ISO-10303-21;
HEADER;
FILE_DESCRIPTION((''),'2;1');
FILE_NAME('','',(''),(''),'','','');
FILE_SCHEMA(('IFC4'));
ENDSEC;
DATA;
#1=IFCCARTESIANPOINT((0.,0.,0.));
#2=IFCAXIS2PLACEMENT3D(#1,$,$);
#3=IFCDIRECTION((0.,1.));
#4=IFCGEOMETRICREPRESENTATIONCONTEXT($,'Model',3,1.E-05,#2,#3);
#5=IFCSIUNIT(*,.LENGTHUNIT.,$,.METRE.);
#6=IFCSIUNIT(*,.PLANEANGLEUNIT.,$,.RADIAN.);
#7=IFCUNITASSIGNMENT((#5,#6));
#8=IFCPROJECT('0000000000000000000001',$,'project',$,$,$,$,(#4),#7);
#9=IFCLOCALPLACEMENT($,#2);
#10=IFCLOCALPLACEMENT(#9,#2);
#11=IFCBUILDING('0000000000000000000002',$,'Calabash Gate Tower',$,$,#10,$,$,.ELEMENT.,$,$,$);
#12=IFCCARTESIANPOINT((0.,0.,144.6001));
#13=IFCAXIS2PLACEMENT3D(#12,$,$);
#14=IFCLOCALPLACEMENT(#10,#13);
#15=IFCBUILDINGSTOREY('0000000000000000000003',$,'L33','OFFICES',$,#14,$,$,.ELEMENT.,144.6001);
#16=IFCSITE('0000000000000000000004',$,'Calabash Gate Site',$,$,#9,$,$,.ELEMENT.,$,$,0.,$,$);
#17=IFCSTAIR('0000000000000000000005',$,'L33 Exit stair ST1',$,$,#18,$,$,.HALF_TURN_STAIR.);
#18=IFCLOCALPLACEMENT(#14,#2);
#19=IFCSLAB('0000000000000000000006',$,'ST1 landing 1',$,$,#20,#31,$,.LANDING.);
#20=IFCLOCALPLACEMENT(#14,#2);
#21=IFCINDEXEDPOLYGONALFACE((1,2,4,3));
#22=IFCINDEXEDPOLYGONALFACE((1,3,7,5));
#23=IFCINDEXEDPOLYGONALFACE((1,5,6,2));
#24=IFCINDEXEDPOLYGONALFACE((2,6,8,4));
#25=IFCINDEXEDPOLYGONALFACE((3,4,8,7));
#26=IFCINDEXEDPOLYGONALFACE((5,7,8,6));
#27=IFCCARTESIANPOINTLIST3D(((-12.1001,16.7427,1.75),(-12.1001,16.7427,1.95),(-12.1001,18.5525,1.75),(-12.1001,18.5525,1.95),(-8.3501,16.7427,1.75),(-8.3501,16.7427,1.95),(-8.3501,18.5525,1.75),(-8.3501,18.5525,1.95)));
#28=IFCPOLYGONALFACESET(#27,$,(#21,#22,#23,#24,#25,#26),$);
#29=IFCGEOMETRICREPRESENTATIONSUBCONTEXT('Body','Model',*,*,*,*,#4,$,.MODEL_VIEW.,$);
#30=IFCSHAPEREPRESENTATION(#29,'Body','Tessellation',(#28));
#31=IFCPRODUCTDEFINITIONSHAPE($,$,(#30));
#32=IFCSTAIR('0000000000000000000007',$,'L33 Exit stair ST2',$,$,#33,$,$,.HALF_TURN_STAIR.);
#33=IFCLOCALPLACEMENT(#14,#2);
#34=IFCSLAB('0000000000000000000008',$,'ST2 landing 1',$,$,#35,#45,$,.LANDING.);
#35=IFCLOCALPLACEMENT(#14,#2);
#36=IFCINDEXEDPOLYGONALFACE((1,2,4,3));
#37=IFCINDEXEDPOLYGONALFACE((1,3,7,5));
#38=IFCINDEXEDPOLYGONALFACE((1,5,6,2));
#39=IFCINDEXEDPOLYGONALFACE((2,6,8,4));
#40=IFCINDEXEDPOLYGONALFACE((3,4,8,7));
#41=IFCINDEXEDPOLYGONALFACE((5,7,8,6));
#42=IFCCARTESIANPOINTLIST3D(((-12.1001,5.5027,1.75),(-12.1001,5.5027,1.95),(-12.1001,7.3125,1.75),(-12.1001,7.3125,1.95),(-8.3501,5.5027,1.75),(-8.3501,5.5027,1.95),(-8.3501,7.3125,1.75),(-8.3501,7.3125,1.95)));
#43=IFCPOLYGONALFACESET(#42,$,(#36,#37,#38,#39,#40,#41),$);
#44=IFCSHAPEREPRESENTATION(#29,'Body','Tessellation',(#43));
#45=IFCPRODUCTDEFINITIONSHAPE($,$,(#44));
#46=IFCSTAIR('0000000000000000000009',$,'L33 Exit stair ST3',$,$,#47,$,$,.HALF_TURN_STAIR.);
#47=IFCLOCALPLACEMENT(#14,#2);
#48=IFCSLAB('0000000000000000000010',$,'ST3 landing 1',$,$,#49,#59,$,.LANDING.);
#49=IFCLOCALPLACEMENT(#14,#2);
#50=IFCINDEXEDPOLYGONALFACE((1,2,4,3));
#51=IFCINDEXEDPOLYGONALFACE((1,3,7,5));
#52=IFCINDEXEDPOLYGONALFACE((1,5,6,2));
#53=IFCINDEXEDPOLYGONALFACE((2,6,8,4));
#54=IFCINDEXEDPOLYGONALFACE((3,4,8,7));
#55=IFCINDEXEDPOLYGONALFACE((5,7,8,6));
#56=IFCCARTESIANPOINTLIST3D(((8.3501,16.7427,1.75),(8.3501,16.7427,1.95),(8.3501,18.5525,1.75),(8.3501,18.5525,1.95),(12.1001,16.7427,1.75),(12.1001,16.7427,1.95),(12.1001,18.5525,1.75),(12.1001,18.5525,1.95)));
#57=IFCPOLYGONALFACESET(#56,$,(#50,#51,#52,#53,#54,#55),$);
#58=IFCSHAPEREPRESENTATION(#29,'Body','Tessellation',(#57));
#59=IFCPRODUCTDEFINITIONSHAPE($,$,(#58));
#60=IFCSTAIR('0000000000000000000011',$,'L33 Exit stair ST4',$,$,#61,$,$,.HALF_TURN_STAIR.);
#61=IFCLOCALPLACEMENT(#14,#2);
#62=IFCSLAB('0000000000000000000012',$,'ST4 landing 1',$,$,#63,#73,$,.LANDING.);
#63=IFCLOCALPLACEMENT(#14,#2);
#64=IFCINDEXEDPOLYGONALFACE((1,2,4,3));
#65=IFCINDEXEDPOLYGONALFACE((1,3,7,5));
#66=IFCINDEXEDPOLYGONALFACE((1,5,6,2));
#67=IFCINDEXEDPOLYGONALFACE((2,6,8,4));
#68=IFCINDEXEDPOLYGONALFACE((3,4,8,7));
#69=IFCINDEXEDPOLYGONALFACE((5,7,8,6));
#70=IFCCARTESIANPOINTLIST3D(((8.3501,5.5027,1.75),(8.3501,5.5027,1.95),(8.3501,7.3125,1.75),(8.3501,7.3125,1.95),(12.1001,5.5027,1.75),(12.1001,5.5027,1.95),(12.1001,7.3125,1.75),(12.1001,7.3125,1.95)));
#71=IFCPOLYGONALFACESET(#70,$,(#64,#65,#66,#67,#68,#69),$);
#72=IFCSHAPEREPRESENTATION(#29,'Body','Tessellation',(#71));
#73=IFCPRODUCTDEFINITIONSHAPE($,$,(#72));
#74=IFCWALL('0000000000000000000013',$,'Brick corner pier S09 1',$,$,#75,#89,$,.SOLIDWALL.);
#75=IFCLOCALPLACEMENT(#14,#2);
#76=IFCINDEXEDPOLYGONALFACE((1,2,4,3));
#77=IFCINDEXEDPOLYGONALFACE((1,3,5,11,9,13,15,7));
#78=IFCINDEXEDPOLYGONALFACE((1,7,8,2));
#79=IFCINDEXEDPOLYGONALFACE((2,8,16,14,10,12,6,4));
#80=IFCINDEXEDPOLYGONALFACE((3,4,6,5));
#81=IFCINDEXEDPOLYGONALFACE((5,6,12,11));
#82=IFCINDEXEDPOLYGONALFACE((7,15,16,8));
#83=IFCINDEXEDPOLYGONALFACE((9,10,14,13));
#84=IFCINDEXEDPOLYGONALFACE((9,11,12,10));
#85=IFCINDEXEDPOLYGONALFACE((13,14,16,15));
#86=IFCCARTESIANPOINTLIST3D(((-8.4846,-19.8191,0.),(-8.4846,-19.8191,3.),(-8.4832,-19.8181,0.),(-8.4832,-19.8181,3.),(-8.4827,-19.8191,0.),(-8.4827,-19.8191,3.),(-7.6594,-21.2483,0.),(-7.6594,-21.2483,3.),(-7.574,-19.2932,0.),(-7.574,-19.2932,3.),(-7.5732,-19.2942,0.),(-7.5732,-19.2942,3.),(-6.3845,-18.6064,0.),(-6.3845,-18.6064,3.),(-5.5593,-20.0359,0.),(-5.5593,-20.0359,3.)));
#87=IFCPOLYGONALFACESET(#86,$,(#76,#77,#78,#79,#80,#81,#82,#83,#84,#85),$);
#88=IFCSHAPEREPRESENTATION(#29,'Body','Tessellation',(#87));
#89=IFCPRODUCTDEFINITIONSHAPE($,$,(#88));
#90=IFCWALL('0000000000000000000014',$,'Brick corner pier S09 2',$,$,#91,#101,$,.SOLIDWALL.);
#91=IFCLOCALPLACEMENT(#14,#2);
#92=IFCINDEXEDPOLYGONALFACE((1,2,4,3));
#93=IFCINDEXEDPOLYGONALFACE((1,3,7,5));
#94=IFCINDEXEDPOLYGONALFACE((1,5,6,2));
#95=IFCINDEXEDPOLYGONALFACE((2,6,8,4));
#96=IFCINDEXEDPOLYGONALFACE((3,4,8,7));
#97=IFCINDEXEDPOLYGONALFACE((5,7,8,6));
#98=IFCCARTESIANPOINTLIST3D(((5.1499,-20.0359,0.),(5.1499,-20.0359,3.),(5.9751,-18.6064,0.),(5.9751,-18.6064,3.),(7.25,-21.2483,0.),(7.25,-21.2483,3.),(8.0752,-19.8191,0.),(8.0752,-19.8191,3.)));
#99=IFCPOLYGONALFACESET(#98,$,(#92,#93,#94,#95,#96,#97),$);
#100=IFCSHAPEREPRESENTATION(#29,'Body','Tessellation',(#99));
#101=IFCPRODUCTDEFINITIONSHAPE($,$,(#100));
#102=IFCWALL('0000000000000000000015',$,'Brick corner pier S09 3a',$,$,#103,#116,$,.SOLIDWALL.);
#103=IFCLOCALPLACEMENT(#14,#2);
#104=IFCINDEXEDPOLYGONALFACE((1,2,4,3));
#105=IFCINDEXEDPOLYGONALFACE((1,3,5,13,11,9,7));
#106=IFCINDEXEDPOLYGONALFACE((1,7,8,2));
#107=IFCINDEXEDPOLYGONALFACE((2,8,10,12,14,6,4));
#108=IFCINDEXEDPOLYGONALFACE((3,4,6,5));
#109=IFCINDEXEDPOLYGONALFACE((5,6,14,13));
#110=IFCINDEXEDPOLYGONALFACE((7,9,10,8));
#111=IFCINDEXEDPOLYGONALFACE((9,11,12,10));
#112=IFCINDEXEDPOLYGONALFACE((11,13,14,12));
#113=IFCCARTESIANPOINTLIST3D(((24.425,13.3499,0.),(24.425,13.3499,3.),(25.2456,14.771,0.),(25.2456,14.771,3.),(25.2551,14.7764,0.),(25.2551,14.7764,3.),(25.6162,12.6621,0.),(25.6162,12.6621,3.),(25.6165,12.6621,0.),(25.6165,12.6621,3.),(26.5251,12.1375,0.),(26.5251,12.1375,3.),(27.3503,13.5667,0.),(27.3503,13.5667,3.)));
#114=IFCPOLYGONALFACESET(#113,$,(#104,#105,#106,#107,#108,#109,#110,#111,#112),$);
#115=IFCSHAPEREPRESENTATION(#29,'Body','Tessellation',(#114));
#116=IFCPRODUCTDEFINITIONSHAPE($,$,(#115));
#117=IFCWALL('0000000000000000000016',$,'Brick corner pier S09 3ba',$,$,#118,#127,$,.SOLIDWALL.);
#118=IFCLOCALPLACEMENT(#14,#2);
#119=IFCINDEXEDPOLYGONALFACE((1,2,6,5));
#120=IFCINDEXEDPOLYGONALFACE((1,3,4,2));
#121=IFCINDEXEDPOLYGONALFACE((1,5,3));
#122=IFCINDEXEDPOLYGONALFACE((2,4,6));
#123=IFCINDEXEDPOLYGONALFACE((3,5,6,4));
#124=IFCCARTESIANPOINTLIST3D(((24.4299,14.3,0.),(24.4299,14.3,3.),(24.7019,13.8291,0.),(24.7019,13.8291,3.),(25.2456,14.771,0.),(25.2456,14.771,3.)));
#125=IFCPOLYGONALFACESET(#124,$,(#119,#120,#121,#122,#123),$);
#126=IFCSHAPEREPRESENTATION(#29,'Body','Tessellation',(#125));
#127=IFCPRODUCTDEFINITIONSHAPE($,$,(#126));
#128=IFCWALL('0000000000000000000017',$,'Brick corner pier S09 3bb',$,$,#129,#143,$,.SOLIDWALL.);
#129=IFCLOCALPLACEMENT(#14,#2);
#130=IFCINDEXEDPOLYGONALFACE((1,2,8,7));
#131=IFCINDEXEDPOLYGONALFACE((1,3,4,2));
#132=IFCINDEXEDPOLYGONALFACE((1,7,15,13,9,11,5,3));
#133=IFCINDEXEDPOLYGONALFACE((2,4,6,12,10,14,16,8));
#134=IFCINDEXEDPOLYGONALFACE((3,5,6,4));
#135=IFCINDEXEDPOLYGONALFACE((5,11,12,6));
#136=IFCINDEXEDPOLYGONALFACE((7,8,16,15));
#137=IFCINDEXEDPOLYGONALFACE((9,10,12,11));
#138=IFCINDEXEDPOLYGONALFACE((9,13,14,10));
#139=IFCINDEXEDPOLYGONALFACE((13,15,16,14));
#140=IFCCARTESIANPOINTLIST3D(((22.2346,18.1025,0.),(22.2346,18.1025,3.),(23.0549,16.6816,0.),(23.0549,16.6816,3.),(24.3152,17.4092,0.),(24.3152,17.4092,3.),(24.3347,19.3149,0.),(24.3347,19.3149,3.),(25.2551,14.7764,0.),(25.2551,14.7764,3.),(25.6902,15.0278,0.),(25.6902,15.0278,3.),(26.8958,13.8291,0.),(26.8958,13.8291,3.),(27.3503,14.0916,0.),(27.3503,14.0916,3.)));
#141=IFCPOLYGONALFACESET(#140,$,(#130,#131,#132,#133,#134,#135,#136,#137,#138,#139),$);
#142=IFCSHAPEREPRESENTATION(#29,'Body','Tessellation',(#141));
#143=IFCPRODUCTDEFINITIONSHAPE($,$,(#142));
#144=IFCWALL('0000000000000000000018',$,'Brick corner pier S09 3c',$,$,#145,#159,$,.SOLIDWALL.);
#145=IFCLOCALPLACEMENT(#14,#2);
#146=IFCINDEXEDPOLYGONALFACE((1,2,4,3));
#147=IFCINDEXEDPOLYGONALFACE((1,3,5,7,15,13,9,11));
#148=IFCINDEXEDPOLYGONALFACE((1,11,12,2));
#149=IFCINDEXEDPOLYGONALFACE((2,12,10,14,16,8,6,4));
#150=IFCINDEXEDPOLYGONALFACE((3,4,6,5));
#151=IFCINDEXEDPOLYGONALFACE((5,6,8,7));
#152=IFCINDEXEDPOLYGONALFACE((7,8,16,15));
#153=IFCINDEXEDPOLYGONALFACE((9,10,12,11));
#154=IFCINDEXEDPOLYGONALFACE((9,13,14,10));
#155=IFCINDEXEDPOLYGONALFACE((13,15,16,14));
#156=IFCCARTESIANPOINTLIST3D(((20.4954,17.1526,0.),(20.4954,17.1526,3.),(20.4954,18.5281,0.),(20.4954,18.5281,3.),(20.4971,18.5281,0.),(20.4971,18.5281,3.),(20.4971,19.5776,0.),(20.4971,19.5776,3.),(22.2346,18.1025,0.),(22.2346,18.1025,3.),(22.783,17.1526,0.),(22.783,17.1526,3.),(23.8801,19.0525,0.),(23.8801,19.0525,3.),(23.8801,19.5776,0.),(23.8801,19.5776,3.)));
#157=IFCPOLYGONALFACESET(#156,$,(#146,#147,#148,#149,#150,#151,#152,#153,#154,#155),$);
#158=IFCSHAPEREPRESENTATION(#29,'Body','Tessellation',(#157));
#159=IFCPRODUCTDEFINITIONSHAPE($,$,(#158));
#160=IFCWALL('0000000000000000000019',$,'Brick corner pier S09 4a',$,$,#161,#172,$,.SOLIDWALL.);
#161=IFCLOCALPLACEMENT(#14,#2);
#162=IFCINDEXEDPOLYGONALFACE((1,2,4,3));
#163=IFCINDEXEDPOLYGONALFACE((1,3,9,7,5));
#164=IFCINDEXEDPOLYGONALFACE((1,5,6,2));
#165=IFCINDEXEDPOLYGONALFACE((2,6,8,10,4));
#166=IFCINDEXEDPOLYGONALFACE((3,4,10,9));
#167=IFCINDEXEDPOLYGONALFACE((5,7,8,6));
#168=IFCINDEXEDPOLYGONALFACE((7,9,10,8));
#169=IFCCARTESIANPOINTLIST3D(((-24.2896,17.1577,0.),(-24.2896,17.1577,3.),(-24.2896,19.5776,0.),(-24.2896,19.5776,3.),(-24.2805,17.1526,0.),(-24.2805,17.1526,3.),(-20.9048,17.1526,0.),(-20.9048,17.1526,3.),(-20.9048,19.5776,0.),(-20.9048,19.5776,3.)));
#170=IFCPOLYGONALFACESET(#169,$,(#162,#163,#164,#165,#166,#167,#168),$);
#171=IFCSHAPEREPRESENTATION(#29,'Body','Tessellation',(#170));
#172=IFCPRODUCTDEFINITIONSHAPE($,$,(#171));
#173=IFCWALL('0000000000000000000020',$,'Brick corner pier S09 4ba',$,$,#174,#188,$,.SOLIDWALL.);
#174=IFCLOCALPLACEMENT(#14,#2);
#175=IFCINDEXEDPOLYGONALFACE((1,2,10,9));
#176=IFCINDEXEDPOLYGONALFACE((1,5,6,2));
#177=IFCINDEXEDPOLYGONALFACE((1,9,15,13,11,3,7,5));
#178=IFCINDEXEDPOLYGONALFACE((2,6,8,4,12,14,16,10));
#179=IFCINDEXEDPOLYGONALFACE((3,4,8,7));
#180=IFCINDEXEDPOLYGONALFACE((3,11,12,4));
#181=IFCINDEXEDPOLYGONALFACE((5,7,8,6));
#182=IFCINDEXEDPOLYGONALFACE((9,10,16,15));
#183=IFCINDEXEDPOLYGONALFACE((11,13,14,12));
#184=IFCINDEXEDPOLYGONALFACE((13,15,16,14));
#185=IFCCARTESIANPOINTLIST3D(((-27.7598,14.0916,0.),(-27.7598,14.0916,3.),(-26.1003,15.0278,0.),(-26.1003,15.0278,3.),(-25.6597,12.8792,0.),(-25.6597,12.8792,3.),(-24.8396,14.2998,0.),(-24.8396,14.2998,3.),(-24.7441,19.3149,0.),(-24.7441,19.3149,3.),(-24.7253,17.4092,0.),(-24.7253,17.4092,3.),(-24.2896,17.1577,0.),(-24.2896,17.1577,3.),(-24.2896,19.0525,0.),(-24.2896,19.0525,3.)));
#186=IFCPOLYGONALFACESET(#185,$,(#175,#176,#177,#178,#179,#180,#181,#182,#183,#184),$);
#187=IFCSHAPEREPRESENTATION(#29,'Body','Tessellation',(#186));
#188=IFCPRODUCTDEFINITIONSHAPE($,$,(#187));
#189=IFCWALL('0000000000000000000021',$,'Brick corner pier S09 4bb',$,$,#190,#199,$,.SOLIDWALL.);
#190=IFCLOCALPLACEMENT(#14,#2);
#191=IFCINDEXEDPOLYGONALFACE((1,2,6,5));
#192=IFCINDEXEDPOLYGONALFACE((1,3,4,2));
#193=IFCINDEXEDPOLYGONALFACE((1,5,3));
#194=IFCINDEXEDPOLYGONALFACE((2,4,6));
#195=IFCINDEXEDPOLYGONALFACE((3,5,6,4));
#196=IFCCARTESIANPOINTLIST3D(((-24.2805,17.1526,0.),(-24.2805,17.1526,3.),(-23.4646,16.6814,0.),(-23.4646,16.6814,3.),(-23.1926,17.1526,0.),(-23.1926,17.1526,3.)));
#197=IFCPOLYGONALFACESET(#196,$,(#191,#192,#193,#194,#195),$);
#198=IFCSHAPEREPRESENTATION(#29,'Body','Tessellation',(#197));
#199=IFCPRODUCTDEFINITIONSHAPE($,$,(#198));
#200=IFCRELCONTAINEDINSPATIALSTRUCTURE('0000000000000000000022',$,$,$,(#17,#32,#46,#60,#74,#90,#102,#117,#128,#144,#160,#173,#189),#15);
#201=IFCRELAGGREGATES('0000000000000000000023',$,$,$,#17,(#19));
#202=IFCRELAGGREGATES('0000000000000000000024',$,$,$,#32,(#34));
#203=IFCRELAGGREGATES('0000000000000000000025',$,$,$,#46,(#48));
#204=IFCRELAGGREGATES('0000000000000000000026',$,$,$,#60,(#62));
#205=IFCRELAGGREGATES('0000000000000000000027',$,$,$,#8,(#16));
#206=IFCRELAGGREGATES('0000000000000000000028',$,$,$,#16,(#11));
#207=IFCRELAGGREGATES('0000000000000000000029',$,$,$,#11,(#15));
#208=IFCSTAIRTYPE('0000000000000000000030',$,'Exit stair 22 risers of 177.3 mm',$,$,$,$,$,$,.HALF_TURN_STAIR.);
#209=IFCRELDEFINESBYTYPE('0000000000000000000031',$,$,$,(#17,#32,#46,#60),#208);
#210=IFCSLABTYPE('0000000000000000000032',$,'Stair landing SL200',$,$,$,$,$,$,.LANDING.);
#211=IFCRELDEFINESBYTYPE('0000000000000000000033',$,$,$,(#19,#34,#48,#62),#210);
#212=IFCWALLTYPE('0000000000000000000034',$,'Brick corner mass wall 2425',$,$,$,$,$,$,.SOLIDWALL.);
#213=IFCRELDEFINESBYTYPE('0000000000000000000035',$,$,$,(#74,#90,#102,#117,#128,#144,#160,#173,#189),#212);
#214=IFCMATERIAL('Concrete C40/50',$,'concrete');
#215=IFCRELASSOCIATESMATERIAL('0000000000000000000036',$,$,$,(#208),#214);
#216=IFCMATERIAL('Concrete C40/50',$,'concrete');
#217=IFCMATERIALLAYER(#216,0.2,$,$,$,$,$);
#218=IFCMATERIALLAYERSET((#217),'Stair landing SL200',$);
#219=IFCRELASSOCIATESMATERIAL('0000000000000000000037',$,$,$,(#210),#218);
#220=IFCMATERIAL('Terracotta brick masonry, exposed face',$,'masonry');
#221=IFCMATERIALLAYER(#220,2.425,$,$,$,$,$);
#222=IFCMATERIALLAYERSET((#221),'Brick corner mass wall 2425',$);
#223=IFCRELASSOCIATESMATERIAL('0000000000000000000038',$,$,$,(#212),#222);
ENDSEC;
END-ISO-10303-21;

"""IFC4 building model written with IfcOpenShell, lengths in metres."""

from ifc_helpers import new_model, si_unit, direction, frame, origin, place, context, subcontext, project, spatial, polyline, outline, extrude, material, layer, layer_set, type_object, element, aggregate, save


model = new_model("IFC4")

# Units and contexts
model_context = context("Model", 3, precision=1e-05, world=origin(), true_north=direction((0.0, 1.0)))
body_context = subcontext(model_context, "Body", "Model", "MODEL_VIEW")
ifc_project = project(units=[si_unit("LENGTHUNIT", "METRE"), si_unit("PLANEANGLEUNIT", "RADIAN")], contexts=[model_context])

# Site, building, storey
site_placement = place(None, origin())
site = spatial("IfcSite", under=ifc_project, at=site_placement, Name="Calabash Gate Site", CompositionType="ELEMENT", RefElevation=0.0)
building_placement = place(site_placement, origin())
building = spatial("IfcBuilding", under=site, at=building_placement, Name="Calabash Gate Tower", CompositionType="ELEMENT")
storey_placement = place(building_placement, frame((0.0, 0.0, 144.6001)))
storey = spatial("IfcBuildingStorey", under=building, at=storey_placement, Name="L33", Description="OFFICES", CompositionType="ELEMENT", Elevation=144.6001)

# Stairs, slabs
ifc_material_1 = material(Name="Concrete C40/50", Category="concrete")
stair_type = type_object("IfcStairType", Name="Exit stair 22 risers of 177.3 mm", PredefinedType="HALF_TURN_STAIR", material=ifc_material_1)
stair_1_placement = place(storey_placement, origin())
stair_1 = element("IfcStair", 1, at=stair_1_placement, inside=storey, type_object=stair_type, Name="L33 Exit stair ST1", PredefinedType="HALF_TURN_STAIR")
ifc_material_2 = material(Name="Concrete C40/50", Category="concrete")
ifc_layer_1 = layer(ifc_material_2, 0.2)
ifc_layer_set_1 = layer_set([ifc_layer_1], Name="Stair landing SL200")
slab_type = type_object("IfcSlabType", Name="Stair landing SL200", PredefinedType="LANDING", material=ifc_layer_set_1)
slab_1_placement = place(storey_placement, frame((0.0, 0.0, 1.75)))
slab_1 = element("IfcSlab", 2, at=slab_1_placement, type_object=slab_type, Name="ST1 landing 1", PredefinedType="LANDING", context=body_context, shape_type="SweptSolid", body=[
    extrude(outline(polyline([(-8.3501, 16.7427), (-8.3501, 18.5525), (-12.1001, 18.5525), (-12.1001, 16.7427), (-8.3501, 16.7427)])), origin(), (0.0, 0.0, 1.0), 0.2),
])
aggregate(stair_1, [slab_1])
stair_2_placement = place(storey_placement, origin())
stair_2 = element("IfcStair", 3, at=stair_2_placement, inside=storey, type_object=stair_type, Name="L33 Exit stair ST2", PredefinedType="HALF_TURN_STAIR")
slab_2_placement = place(storey_placement, frame((0.0, 0.0, 1.75)))
slab_2 = element("IfcSlab", 4, at=slab_2_placement, type_object=slab_type, Name="ST2 landing 1", PredefinedType="LANDING", context=body_context, shape_type="SweptSolid", body=[
    extrude(outline(polyline([(-12.1001, 7.3125), (-12.1001, 5.5027), (-8.3501, 5.5027), (-8.3501, 7.3125), (-12.1001, 7.3125)])), origin(), (0.0, 0.0, 1.0), 0.2),
])
aggregate(stair_2, [slab_2])
stair_3_placement = place(storey_placement, origin())
stair_3 = element("IfcStair", 5, at=stair_3_placement, inside=storey, type_object=stair_type, Name="L33 Exit stair ST3", PredefinedType="HALF_TURN_STAIR")
slab_3_placement = place(storey_placement, frame((0.0, 0.0, 1.75)))
slab_3 = element("IfcSlab", 6, at=slab_3_placement, type_object=slab_type, Name="ST3 landing 1", PredefinedType="LANDING", context=body_context, shape_type="SweptSolid", body=[
    extrude(outline(polyline([(12.1001, 16.7427), (12.1001, 18.5525), (8.3501, 18.5525), (8.3501, 16.7427), (12.1001, 16.7427)])), origin(), (0.0, 0.0, 1.0), 0.2),
])
aggregate(stair_3, [slab_3])
stair_4_placement = place(storey_placement, origin())
stair_4 = element("IfcStair", 7, at=stair_4_placement, inside=storey, type_object=stair_type, Name="L33 Exit stair ST4", PredefinedType="HALF_TURN_STAIR")
slab_4_placement = place(storey_placement, frame((0.0, 0.0, 1.75)))
slab_4 = element("IfcSlab", 8, at=slab_4_placement, type_object=slab_type, Name="ST4 landing 1", PredefinedType="LANDING", context=body_context, shape_type="SweptSolid", body=[
    extrude(outline(polyline([(8.3501, 7.3125), (8.3501, 5.5027), (12.1001, 5.5027), (12.1001, 7.3125), (8.3501, 7.3125)])), origin(), (0.0, 0.0, 1.0), 0.2),
])
aggregate(stair_4, [slab_4])

# Walls
ifc_material_3 = material(Name="Terracotta brick masonry, exposed face", Category="masonry")
ifc_layer_2 = layer(ifc_material_3, 2.425)
ifc_layer_set_2 = layer_set([ifc_layer_2], Name="Brick corner mass wall 2425")
wall_type_1 = type_object("IfcWallType", Name="Brick corner mass wall 2425", PredefinedType="SOLIDWALL", material=ifc_layer_set_2)
wall_1_placement = place(storey_placement, origin())
element("IfcWall", 9, at=wall_1_placement, inside=storey, type_object=wall_type_1, Name="Brick corner pier S09 1", PredefinedType="SOLIDWALL", context=body_context, shape_type="SweptSolid", body=[
    extrude(outline(polyline([(-5.5593, -20.0359), (-6.3845, -18.6064), (-7.574, -19.2932), (-7.5732, -19.2942), (-8.4827, -19.8191), (-8.4832, -19.8181), (-8.4846, -19.8191), (-7.6594, -21.2483), (-5.5593, -20.0359)])), origin(), (0.0, 0.0, 1.0), 3.0),
])
wall_2_placement = place(storey_placement, origin())
element("IfcWall", 10, at=wall_2_placement, inside=storey, type_object=wall_type_1, Name="Brick corner pier S09 2", PredefinedType="SOLIDWALL", context=body_context, shape_type="SweptSolid", body=[
    extrude(outline(polyline([(8.0752, -19.8191), (5.9751, -18.6064), (5.1499, -20.0359), (7.25, -21.2483), (8.0752, -19.8191)])), origin(), (0.0, 0.0, 1.0), 3.0),
])
wall_3_placement = place(storey_placement, origin())
element("IfcWall", 11, at=wall_3_placement, inside=storey, type_object=wall_type_1, Name="Brick corner pier S09 3a", PredefinedType="SOLIDWALL", context=body_context, shape_type="SweptSolid", body=[
    extrude(outline(polyline([(25.2456, 14.771), (24.425, 13.3499), (25.6162, 12.6621), (25.6165, 12.6621), (26.5251, 12.1375), (27.3503, 13.5667), (25.2551, 14.7764), (25.2456, 14.771)])), origin(), (0.0, 0.0, 1.0), 3.0),
])
wall_4_placement = place(storey_placement, origin())
element("IfcWall", 12, at=wall_4_placement, inside=storey, type_object=wall_type_1, Name="Brick corner pier S09 3ba", PredefinedType="SOLIDWALL", context=body_context, shape_type="SweptSolid", body=[
    extrude(outline(polyline([(25.2456, 14.771), (24.4299, 14.3), (24.7019, 13.8291), (25.2456, 14.771)])), origin(), (0.0, 0.0, 1.0), 3.0),
])
wall_5_placement = place(storey_placement, origin())
element("IfcWall", 13, at=wall_5_placement, inside=storey, type_object=wall_type_1, Name="Brick corner pier S09 3bb", PredefinedType="SOLIDWALL", context=body_context, shape_type="SweptSolid", body=[
    extrude(outline(polyline([(24.3152, 17.4092), (25.6902, 15.0278), (25.2551, 14.7764), (26.8958, 13.8291), (27.3503, 14.0916), (24.3347, 19.3149), (22.2346, 18.1025), (23.0549, 16.6816), (24.3152, 17.4092)])), origin(), (0.0, 0.0, 1.0), 3.0),
])
wall_6_placement = place(storey_placement, origin())
element("IfcWall", 14, at=wall_6_placement, inside=storey, type_object=wall_type_1, Name="Brick corner pier S09 3c", PredefinedType="SOLIDWALL", context=body_context, shape_type="SweptSolid", body=[
    extrude(outline(polyline([(20.4954, 18.5281), (20.4954, 17.1526), (22.783, 17.1526), (22.2346, 18.1025), (23.8801, 19.0525), (23.8801, 19.5776), (20.4971, 19.5776), (20.4971, 18.5281), (20.4954, 18.5281)])), origin(), (0.0, 0.0, 1.0), 3.0),
])
wall_7_placement = place(storey_placement, origin())
element("IfcWall", 15, at=wall_7_placement, inside=storey, type_object=wall_type_1, Name="Brick corner pier S09 4a", PredefinedType="SOLIDWALL", context=body_context, shape_type="SweptSolid", body=[
    extrude(outline(polyline([(-24.2805, 17.1526), (-20.9048, 17.1526), (-20.9048, 19.5776), (-24.2896, 19.5776), (-24.2896, 17.1577), (-24.2805, 17.1526)])), origin(), (0.0, 0.0, 1.0), 3.0),
])
wall_8_placement = place(storey_placement, origin())
element("IfcWall", 16, at=wall_8_placement, inside=storey, type_object=wall_type_1, Name="Brick corner pier S09 4ba", PredefinedType="SOLIDWALL", context=body_context, shape_type="SweptSolid", body=[
    extrude(outline(polyline([(-24.8396, 14.2998), (-26.1003, 15.0278), (-24.7253, 17.4092), (-24.2896, 17.1577), (-24.2896, 19.0525), (-24.7441, 19.3149), (-27.7598, 14.0916), (-25.6597, 12.8792), (-24.8396, 14.2998)])), origin(), (0.0, 0.0, 1.0), 3.0),
])
wall_9_placement = place(storey_placement, origin())
element("IfcWall", 17, at=wall_9_placement, inside=storey, type_object=wall_type_1, Name="Brick corner pier S09 4bb", PredefinedType="SOLIDWALL", context=body_context, shape_type="SweptSolid", body=[
    extrude(outline(polyline([(-23.1926, 17.1526), (-24.2805, 17.1526), (-23.4646, 16.6814), (-23.1926, 17.1526)])), origin(), (0.0, 0.0, 1.0), 3.0),
])

save(model, "model.ifc")
